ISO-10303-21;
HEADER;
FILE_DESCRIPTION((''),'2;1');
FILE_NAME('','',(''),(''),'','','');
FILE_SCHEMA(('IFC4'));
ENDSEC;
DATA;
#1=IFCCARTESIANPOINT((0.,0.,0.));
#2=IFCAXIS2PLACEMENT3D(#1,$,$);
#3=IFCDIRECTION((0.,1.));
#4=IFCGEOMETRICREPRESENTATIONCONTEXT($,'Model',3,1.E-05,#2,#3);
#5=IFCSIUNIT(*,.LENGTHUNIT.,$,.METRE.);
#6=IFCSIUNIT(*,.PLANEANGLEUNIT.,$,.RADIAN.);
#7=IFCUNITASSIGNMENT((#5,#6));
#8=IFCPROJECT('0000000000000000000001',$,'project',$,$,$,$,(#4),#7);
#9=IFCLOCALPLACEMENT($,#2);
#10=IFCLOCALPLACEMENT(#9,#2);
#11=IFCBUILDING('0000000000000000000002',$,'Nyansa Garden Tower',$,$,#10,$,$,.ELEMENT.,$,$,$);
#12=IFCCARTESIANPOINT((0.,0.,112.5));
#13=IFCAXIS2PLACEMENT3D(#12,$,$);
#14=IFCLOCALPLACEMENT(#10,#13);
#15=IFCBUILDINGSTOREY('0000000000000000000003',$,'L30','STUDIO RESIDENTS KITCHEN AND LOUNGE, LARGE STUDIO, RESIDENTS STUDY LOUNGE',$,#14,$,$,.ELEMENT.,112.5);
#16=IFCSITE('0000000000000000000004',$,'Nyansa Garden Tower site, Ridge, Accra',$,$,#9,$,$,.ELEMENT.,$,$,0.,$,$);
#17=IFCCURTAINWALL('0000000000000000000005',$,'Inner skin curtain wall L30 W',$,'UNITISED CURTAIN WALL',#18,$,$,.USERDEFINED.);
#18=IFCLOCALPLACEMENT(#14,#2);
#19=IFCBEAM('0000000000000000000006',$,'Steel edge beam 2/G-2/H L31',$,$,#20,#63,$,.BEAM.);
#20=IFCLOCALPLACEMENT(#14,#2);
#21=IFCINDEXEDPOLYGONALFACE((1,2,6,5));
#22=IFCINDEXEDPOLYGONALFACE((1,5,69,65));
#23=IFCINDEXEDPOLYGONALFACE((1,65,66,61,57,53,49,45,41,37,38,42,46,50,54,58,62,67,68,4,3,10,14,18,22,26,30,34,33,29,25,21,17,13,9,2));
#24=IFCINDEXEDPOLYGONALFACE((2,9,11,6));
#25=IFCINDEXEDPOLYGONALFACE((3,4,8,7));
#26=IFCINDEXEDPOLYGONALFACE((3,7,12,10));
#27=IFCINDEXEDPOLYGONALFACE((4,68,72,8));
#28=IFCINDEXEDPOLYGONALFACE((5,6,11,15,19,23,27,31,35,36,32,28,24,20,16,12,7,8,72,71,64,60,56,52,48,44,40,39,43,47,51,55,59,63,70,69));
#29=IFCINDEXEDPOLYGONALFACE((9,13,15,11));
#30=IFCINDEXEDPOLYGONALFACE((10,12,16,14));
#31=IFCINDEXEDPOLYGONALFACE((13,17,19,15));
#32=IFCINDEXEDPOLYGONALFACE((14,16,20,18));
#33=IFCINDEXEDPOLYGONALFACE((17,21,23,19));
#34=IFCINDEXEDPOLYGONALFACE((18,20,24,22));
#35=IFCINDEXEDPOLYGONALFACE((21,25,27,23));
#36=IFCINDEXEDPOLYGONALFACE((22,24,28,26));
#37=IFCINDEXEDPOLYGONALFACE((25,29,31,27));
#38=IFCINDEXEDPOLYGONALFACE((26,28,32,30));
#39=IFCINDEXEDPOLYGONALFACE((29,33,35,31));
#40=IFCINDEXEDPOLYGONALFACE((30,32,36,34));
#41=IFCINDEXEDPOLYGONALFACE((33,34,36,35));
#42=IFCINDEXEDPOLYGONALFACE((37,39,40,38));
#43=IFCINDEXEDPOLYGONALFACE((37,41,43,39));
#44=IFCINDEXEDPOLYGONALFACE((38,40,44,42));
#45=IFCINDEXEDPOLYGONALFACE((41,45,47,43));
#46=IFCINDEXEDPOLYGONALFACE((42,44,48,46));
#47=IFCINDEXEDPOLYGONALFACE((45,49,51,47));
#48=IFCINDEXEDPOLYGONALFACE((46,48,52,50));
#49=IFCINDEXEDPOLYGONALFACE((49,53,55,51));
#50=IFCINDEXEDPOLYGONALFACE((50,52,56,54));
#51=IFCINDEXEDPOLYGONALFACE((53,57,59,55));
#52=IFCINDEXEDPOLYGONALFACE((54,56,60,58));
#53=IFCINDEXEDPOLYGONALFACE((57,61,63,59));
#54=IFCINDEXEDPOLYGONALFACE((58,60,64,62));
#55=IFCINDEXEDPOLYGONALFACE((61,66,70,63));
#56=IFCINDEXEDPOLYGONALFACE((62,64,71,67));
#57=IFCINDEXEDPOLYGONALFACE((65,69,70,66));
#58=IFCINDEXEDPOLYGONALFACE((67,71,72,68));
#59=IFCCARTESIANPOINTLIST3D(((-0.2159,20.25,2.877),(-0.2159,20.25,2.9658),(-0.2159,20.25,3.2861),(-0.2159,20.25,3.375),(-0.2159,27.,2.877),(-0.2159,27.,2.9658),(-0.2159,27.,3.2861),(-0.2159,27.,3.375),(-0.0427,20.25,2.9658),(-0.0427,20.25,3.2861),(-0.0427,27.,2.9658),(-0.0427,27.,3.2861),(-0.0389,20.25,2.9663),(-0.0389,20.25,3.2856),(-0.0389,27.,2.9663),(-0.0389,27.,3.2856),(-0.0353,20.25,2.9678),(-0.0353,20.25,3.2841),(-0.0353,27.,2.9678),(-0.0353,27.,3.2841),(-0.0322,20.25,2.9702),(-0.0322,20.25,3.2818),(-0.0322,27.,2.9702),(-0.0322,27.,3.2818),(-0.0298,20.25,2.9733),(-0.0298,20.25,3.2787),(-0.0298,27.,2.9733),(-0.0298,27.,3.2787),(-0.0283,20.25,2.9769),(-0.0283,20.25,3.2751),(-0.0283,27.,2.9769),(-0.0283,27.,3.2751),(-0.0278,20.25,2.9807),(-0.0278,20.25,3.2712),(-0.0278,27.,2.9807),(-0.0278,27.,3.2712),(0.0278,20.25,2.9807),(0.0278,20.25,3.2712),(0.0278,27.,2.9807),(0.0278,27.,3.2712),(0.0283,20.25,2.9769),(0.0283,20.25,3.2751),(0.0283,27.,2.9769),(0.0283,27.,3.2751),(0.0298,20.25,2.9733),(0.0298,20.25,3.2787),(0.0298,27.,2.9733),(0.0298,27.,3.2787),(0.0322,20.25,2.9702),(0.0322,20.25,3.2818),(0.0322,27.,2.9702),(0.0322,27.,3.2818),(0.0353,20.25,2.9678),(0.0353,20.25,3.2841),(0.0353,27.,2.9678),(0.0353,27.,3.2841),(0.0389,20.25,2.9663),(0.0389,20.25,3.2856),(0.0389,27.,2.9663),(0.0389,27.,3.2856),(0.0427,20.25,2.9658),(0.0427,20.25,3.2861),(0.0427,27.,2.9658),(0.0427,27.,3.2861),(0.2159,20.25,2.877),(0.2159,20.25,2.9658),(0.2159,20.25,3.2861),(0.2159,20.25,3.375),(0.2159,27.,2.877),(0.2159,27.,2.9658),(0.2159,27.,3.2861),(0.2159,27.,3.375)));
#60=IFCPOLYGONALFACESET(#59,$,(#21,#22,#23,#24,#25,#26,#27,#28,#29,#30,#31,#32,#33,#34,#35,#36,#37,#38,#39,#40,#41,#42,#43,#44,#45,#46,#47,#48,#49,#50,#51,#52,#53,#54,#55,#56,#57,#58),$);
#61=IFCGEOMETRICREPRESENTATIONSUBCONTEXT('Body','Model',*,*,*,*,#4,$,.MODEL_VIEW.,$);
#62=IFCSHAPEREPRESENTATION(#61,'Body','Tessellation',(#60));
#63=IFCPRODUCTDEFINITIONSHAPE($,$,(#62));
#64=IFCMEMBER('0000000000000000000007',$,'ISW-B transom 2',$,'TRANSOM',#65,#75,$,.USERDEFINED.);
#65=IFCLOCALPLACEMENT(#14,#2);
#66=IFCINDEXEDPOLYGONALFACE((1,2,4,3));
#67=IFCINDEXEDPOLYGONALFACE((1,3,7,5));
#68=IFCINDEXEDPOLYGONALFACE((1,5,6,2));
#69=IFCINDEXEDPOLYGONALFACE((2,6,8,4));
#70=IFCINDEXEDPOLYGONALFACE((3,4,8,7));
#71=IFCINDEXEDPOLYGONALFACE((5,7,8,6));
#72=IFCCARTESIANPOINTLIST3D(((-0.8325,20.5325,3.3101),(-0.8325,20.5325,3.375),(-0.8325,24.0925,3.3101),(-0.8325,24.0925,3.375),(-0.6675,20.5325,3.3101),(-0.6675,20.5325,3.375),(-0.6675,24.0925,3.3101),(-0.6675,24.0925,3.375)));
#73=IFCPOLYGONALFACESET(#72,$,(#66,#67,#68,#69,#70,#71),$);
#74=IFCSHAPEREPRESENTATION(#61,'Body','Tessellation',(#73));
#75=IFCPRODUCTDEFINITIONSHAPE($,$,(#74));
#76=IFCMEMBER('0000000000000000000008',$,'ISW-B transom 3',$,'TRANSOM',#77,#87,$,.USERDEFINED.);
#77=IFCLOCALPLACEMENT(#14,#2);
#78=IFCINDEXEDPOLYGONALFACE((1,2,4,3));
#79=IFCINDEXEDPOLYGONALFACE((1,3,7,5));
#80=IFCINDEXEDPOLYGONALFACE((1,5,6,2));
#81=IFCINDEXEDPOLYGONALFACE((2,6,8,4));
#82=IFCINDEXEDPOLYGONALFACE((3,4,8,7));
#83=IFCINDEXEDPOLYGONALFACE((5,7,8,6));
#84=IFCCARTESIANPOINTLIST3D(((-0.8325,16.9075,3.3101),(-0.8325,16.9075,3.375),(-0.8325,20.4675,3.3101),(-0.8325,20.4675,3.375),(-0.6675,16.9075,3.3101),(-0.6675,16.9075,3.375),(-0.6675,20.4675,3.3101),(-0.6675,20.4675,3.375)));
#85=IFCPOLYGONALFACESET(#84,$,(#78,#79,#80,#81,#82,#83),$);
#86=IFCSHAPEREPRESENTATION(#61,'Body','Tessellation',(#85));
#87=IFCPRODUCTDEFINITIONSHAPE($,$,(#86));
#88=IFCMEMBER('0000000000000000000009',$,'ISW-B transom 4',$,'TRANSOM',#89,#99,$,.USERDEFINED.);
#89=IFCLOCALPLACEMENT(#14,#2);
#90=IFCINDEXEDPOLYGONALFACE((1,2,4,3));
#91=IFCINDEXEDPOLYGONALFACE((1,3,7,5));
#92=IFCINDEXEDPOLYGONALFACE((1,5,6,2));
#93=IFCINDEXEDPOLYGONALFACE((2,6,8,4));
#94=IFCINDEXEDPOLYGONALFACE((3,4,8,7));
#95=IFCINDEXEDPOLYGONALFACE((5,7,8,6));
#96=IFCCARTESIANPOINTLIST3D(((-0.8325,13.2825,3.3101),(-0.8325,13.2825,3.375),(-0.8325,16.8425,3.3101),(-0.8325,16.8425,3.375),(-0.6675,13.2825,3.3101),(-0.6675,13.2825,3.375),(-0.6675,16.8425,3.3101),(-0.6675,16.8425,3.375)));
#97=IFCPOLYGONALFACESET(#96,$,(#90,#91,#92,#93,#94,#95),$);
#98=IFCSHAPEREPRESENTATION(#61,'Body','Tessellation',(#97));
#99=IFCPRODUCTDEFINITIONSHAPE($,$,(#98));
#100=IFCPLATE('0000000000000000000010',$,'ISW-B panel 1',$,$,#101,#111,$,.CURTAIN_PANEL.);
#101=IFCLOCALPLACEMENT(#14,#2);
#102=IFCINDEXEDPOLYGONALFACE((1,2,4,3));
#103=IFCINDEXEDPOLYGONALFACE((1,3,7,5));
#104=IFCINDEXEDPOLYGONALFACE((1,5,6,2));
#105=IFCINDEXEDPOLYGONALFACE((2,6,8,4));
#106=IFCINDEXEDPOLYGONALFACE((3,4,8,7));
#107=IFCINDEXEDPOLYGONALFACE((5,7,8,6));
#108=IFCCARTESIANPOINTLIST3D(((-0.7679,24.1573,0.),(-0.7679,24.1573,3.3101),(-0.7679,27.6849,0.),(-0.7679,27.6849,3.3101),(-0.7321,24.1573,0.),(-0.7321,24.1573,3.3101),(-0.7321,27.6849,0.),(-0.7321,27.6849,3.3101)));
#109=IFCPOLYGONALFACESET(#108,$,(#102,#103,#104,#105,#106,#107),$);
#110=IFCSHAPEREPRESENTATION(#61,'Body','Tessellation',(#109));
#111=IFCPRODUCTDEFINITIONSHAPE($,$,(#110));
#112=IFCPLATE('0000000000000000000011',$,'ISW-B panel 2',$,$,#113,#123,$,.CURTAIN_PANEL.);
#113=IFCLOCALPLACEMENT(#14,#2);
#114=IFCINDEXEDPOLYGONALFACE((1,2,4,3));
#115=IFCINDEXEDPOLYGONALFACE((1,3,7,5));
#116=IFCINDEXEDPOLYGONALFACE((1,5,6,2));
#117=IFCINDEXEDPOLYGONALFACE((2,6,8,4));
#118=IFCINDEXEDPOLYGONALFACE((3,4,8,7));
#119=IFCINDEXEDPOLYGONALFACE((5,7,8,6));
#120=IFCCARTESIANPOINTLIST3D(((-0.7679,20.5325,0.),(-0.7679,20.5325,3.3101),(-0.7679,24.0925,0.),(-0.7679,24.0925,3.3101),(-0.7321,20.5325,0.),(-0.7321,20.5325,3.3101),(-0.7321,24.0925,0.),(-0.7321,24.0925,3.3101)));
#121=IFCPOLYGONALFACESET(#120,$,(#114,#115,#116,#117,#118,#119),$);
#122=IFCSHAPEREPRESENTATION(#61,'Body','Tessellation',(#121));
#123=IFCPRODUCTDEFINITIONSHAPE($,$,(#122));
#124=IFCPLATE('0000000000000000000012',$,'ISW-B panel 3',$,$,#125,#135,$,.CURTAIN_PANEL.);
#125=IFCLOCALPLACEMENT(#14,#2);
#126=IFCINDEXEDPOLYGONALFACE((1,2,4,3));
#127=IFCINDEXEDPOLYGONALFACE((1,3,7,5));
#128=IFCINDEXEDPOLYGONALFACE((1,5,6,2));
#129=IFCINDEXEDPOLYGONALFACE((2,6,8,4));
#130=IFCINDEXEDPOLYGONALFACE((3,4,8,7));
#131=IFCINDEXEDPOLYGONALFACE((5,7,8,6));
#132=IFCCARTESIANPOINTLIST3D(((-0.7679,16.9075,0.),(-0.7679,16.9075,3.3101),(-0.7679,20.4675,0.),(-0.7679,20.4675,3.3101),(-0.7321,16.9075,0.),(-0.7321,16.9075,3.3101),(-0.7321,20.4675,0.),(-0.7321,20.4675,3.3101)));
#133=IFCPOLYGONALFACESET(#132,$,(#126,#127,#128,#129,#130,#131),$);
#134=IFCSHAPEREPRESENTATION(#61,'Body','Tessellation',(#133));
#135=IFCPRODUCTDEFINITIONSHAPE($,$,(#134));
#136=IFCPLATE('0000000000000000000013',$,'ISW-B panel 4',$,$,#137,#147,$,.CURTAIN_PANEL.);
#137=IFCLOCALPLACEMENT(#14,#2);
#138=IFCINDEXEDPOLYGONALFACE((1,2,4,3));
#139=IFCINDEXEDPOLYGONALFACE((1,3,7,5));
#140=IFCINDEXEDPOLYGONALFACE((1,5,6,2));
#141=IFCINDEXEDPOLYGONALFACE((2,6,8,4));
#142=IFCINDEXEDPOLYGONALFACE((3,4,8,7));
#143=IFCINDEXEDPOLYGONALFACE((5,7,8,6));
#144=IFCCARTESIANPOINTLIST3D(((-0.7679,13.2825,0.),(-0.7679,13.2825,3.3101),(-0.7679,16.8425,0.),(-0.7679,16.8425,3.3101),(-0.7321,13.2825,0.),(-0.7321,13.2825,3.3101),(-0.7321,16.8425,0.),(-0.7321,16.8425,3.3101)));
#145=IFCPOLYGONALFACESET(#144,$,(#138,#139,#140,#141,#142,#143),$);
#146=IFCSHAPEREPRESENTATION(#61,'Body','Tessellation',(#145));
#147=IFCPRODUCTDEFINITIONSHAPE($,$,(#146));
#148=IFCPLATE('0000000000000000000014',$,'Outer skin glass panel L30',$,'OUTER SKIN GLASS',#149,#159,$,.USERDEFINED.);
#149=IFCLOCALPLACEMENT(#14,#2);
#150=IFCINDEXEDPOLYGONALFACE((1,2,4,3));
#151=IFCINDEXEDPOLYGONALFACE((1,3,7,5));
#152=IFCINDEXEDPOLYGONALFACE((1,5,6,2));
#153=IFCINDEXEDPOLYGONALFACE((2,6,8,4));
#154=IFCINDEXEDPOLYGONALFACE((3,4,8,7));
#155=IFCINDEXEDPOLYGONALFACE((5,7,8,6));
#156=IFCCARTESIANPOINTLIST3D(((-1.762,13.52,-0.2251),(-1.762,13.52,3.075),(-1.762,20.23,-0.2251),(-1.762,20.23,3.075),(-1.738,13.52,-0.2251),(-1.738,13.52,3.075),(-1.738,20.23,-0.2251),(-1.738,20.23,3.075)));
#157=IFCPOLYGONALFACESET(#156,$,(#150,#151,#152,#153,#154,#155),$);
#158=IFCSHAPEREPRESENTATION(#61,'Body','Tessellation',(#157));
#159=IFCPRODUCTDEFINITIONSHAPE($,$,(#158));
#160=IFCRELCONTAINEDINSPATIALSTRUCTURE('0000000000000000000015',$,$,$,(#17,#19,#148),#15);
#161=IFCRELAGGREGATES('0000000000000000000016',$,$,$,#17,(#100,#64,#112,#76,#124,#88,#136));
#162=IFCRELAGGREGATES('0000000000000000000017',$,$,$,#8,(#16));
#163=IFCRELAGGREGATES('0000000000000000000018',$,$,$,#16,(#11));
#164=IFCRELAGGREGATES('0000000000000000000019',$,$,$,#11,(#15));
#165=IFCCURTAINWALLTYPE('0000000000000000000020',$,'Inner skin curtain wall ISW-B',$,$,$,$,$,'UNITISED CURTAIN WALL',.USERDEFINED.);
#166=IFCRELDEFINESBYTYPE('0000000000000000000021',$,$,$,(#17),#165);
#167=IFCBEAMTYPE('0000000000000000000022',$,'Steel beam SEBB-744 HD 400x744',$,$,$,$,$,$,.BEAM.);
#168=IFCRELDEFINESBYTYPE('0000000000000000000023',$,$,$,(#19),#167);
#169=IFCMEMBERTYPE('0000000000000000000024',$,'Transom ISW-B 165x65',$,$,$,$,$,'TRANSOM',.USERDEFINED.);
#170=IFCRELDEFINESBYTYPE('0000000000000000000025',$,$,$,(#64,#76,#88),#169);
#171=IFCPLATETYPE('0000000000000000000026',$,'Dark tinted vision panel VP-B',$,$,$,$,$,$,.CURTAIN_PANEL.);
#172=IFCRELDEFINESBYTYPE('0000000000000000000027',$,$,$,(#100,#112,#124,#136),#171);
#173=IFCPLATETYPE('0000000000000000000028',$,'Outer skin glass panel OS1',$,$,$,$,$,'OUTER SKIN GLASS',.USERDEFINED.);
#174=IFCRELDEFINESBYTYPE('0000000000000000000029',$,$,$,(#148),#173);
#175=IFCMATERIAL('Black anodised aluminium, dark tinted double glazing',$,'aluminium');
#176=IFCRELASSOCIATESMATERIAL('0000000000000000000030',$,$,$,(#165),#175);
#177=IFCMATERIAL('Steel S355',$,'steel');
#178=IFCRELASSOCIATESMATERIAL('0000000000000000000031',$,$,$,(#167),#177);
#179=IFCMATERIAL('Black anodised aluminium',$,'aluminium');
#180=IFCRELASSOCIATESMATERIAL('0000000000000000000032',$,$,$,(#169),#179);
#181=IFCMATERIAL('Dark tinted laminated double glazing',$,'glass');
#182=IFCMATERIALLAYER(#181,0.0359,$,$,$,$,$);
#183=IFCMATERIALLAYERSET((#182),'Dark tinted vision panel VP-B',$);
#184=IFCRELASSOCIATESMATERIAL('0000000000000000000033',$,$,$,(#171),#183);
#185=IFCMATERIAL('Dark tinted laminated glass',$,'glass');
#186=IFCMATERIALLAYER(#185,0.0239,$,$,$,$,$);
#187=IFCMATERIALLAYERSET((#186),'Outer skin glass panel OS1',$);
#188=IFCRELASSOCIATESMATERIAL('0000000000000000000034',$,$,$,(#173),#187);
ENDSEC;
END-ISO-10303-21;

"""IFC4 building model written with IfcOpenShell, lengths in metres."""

from ifc_helpers import new_model, si_unit, direction, frame, origin, origin_2d, place, context, subcontext, project, spatial, rectangle, i_section, extrude, material, layer, layer_set, material_profile, profile_set, type_object, element, aggregate, save


model = new_model("IFC4")

# Units and contexts
model_context = context("Model", 3, precision=1e-05, world=origin(), true_north=direction((0.0, 1.0)))
body_context = subcontext(model_context, "Body", "Model", "MODEL_VIEW")
ifc_project = project(units=[si_unit("LENGTHUNIT", "METRE"), si_unit("PLANEANGLEUNIT", "RADIAN")], contexts=[model_context])

# Site, building, storey
site_placement = place(None, origin())
site = spatial("IfcSite", under=ifc_project, at=site_placement, Name="Nyansa Garden Tower site, Ridge, Accra", CompositionType="ELEMENT", RefElevation=0.0)
building_placement = place(site_placement, origin())
building = spatial("IfcBuilding", under=site, at=building_placement, Name="Nyansa Garden Tower", CompositionType="ELEMENT")
storey_placement = place(building_placement, frame((0.0, 0.0, 112.5)))
storey = spatial("IfcBuildingStorey", under=building, at=storey_placement, Name="L30", Description="STUDIO RESIDENTS KITCHEN AND LOUNGE, LARGE STUDIO, RESIDENTS STUDY LOUNGE", CompositionType="ELEMENT", Elevation=112.5)

# Curtain wall
ifc_material_1 = material(Name="Black anodised aluminium, dark tinted double glazing", Category="aluminium")
curtain_wall_type = type_object("IfcCurtainWallType", Name="Inner skin curtain wall ISW-B", ElementType="UNITISED CURTAIN WALL", PredefinedType="USERDEFINED", material=ifc_material_1)
curtain_wall_placement = place(storey_placement, origin())
curtain_wall = element("IfcCurtainWall", 1, at=curtain_wall_placement, inside=storey, type_object=curtain_wall_type, Name="Inner skin curtain wall L30 W", ObjectType="UNITISED CURTAIN WALL", PredefinedType="USERDEFINED")

# Beam
ifc_material_2 = material(Name="Steel S355", Category="steel")
ifc_material_profile_1 = material_profile(ifc_material_2, i_section(OverallWidth=0.4319, OverallDepth=0.498, WebThickness=0.0557, FlangeThickness=0.0889, FilletRadius=0.0149, at=origin_2d()), Name="HD 400x744")
ifc_profile_set_1 = profile_set([ifc_material_profile_1], Name="Steel S355")
beam_type_1 = type_object("IfcBeamType", Name="Steel beam SEBB-744 HD 400x744", PredefinedType="BEAM", material=ifc_profile_set_1)
beam_1_placement = place(storey_placement, frame((0.0, 20.25, 3.126), z_axis=(0.0, 1.0, 0.0), x_axis=(-1.0, 0.0, 0.0)))
element("IfcBeam", 2, at=beam_1_placement, inside=storey, type_object=beam_type_1, Name="Steel edge beam 2/G-2/H L31", PredefinedType="BEAM", context=body_context, shape_type="SweptSolid", body=[
    extrude(i_section(OverallWidth=0.4319, OverallDepth=0.498, WebThickness=0.0557, FlangeThickness=0.0889, FilletRadius=0.0149, at=origin_2d()), origin(), (0.0, 0.0, 1.0), 6.75),
])

# Members
ifc_material_3 = material(Name="Black anodised aluminium", Category="aluminium")
ifc_material_profile_2 = material_profile(ifc_material_3, rectangle(XDim=0.165, YDim=0.0649, at=origin_2d()), Name="Transom 165x65")
ifc_profile_set_2 = profile_set([ifc_material_profile_2], Name="Black anodised aluminium")
member_type_1 = type_object("IfcMemberType", Name="Transom ISW-B 165x65", ElementType="TRANSOM", PredefinedType="USERDEFINED", material=ifc_profile_set_2)
member_1_placement = place(storey_placement, frame((-0.75, 24.0925, 3.3425), z_axis=(0.0, -1.0, 0.0), x_axis=(1.0, 0.0, 0.0)))
member_1 = element("IfcMember", 3, at=member_1_placement, type_object=member_type_1, Name="ISW-B transom 2", ObjectType="TRANSOM", PredefinedType="USERDEFINED", context=body_context, shape_type="SweptSolid", body=[
    extrude(rectangle(XDim=0.165, YDim=0.0649, at=origin_2d()), origin(), (0.0, 0.0, 1.0), 3.5601),
])
member_2_placement = place(storey_placement, frame((-0.75, 20.4675, 3.3425), z_axis=(0.0, -1.0, 0.0), x_axis=(1.0, 0.0, 0.0)))
member_2 = element("IfcMember", 4, at=member_2_placement, type_object=member_type_1, Name="ISW-B transom 3", ObjectType="TRANSOM", PredefinedType="USERDEFINED", context=body_context, shape_type="SweptSolid", body=[
    extrude(rectangle(XDim=0.165, YDim=0.0649, at=origin_2d()), origin(), (0.0, 0.0, 1.0), 3.5601),
])
member_3_placement = place(storey_placement, frame((-0.75, 16.8425, 3.3425), z_axis=(0.0, -1.0, 0.0), x_axis=(1.0, 0.0, 0.0)))
member_3 = element("IfcMember", 5, at=member_3_placement, type_object=member_type_1, Name="ISW-B transom 4", ObjectType="TRANSOM", PredefinedType="USERDEFINED", context=body_context, shape_type="SweptSolid", body=[
    extrude(rectangle(XDim=0.165, YDim=0.0649, at=origin_2d()), origin(), (0.0, 0.0, 1.0), 3.5601),
])

# Plates
ifc_material_4 = material(Name="Dark tinted laminated double glazing", Category="glass")
ifc_layer_1 = layer(ifc_material_4, 0.0359)
ifc_layer_set_1 = layer_set([ifc_layer_1], Name="Dark tinted vision panel VP-B")
plate_type_1 = type_object("IfcPlateType", Name="Dark tinted vision panel VP-B", PredefinedType="CURTAIN_PANEL", material=ifc_layer_set_1)
plate_1_placement = place(storey_placement, frame((-0.75, 25.9211, 0.0), z_axis=(0.0, 0.0, 1.0), x_axis=(0.0, -1.0, 0.0)))
plate_1 = element("IfcPlate", 6, at=plate_1_placement, type_object=plate_type_1, Name="ISW-B panel 1", PredefinedType="CURTAIN_PANEL", context=body_context, shape_type="SweptSolid", body=[
    extrude(rectangle(XDim=3.5276, YDim=0.0359, at=origin_2d()), origin(), (0.0, 0.0, 1.0), 3.3101),
])
plate_2_placement = place(storey_placement, frame((-0.75, 22.3125, 0.0), z_axis=(0.0, 0.0, 1.0), x_axis=(0.0, -1.0, 0.0)))
plate_2 = element("IfcPlate", 7, at=plate_2_placement, type_object=plate_type_1, Name="ISW-B panel 2", PredefinedType="CURTAIN_PANEL", context=body_context, shape_type="SweptSolid", body=[
    extrude(rectangle(XDim=3.5601, YDim=0.0359, at=origin_2d()), origin(), (0.0, 0.0, 1.0), 3.3101),
])
plate_3_placement = place(storey_placement, frame((-0.75, 18.6875, 0.0), z_axis=(0.0, 0.0, 1.0), x_axis=(0.0, -1.0, 0.0)))
plate_3 = element("IfcPlate", 8, at=plate_3_placement, type_object=plate_type_1, Name="ISW-B panel 3", PredefinedType="CURTAIN_PANEL", context=body_context, shape_type="SweptSolid", body=[
    extrude(rectangle(XDim=3.5601, YDim=0.0359, at=origin_2d()), origin(), (0.0, 0.0, 1.0), 3.3101),
])
plate_4_placement = place(storey_placement, frame((-0.75, 15.0625, 0.0), z_axis=(0.0, 0.0, 1.0), x_axis=(0.0, -1.0, 0.0)))
plate_4 = element("IfcPlate", 9, at=plate_4_placement, type_object=plate_type_1, Name="ISW-B panel 4", PredefinedType="CURTAIN_PANEL", context=body_context, shape_type="SweptSolid", body=[
    extrude(rectangle(XDim=3.5601, YDim=0.0359, at=origin_2d()), origin(), (0.0, 0.0, 1.0), 3.3101),
])
aggregate(curtain_wall, [plate_1, member_1, plate_2, member_2, plate_3, member_3, plate_4])
ifc_material_5 = material(Name="Dark tinted laminated glass", Category="glass")
ifc_layer_2 = layer(ifc_material_5, 0.0239)
ifc_layer_set_2 = layer_set([ifc_layer_2], Name="Outer skin glass panel OS1")
plate_type_2 = type_object("IfcPlateType", Name="Outer skin glass panel OS1", ElementType="OUTER SKIN GLASS", PredefinedType="USERDEFINED", material=ifc_layer_set_2)
plate_5_placement = place(storey_placement, frame((-1.75, 16.875, -0.2251), z_axis=(0.0, 0.0, 1.0), x_axis=(0.0, 1.0, 0.0)))
element("IfcPlate", 10, at=plate_5_placement, inside=storey, type_object=plate_type_2, Name="Outer skin glass panel L30", ObjectType="OUTER SKIN GLASS", PredefinedType="USERDEFINED", context=body_context, shape_type="SweptSolid", body=[
    extrude(rectangle(XDim=6.71, YDim=0.0239, at=origin_2d()), origin(), (0.0, 0.0, 1.0), 3.3),
])

save(model, "model.ifc")
